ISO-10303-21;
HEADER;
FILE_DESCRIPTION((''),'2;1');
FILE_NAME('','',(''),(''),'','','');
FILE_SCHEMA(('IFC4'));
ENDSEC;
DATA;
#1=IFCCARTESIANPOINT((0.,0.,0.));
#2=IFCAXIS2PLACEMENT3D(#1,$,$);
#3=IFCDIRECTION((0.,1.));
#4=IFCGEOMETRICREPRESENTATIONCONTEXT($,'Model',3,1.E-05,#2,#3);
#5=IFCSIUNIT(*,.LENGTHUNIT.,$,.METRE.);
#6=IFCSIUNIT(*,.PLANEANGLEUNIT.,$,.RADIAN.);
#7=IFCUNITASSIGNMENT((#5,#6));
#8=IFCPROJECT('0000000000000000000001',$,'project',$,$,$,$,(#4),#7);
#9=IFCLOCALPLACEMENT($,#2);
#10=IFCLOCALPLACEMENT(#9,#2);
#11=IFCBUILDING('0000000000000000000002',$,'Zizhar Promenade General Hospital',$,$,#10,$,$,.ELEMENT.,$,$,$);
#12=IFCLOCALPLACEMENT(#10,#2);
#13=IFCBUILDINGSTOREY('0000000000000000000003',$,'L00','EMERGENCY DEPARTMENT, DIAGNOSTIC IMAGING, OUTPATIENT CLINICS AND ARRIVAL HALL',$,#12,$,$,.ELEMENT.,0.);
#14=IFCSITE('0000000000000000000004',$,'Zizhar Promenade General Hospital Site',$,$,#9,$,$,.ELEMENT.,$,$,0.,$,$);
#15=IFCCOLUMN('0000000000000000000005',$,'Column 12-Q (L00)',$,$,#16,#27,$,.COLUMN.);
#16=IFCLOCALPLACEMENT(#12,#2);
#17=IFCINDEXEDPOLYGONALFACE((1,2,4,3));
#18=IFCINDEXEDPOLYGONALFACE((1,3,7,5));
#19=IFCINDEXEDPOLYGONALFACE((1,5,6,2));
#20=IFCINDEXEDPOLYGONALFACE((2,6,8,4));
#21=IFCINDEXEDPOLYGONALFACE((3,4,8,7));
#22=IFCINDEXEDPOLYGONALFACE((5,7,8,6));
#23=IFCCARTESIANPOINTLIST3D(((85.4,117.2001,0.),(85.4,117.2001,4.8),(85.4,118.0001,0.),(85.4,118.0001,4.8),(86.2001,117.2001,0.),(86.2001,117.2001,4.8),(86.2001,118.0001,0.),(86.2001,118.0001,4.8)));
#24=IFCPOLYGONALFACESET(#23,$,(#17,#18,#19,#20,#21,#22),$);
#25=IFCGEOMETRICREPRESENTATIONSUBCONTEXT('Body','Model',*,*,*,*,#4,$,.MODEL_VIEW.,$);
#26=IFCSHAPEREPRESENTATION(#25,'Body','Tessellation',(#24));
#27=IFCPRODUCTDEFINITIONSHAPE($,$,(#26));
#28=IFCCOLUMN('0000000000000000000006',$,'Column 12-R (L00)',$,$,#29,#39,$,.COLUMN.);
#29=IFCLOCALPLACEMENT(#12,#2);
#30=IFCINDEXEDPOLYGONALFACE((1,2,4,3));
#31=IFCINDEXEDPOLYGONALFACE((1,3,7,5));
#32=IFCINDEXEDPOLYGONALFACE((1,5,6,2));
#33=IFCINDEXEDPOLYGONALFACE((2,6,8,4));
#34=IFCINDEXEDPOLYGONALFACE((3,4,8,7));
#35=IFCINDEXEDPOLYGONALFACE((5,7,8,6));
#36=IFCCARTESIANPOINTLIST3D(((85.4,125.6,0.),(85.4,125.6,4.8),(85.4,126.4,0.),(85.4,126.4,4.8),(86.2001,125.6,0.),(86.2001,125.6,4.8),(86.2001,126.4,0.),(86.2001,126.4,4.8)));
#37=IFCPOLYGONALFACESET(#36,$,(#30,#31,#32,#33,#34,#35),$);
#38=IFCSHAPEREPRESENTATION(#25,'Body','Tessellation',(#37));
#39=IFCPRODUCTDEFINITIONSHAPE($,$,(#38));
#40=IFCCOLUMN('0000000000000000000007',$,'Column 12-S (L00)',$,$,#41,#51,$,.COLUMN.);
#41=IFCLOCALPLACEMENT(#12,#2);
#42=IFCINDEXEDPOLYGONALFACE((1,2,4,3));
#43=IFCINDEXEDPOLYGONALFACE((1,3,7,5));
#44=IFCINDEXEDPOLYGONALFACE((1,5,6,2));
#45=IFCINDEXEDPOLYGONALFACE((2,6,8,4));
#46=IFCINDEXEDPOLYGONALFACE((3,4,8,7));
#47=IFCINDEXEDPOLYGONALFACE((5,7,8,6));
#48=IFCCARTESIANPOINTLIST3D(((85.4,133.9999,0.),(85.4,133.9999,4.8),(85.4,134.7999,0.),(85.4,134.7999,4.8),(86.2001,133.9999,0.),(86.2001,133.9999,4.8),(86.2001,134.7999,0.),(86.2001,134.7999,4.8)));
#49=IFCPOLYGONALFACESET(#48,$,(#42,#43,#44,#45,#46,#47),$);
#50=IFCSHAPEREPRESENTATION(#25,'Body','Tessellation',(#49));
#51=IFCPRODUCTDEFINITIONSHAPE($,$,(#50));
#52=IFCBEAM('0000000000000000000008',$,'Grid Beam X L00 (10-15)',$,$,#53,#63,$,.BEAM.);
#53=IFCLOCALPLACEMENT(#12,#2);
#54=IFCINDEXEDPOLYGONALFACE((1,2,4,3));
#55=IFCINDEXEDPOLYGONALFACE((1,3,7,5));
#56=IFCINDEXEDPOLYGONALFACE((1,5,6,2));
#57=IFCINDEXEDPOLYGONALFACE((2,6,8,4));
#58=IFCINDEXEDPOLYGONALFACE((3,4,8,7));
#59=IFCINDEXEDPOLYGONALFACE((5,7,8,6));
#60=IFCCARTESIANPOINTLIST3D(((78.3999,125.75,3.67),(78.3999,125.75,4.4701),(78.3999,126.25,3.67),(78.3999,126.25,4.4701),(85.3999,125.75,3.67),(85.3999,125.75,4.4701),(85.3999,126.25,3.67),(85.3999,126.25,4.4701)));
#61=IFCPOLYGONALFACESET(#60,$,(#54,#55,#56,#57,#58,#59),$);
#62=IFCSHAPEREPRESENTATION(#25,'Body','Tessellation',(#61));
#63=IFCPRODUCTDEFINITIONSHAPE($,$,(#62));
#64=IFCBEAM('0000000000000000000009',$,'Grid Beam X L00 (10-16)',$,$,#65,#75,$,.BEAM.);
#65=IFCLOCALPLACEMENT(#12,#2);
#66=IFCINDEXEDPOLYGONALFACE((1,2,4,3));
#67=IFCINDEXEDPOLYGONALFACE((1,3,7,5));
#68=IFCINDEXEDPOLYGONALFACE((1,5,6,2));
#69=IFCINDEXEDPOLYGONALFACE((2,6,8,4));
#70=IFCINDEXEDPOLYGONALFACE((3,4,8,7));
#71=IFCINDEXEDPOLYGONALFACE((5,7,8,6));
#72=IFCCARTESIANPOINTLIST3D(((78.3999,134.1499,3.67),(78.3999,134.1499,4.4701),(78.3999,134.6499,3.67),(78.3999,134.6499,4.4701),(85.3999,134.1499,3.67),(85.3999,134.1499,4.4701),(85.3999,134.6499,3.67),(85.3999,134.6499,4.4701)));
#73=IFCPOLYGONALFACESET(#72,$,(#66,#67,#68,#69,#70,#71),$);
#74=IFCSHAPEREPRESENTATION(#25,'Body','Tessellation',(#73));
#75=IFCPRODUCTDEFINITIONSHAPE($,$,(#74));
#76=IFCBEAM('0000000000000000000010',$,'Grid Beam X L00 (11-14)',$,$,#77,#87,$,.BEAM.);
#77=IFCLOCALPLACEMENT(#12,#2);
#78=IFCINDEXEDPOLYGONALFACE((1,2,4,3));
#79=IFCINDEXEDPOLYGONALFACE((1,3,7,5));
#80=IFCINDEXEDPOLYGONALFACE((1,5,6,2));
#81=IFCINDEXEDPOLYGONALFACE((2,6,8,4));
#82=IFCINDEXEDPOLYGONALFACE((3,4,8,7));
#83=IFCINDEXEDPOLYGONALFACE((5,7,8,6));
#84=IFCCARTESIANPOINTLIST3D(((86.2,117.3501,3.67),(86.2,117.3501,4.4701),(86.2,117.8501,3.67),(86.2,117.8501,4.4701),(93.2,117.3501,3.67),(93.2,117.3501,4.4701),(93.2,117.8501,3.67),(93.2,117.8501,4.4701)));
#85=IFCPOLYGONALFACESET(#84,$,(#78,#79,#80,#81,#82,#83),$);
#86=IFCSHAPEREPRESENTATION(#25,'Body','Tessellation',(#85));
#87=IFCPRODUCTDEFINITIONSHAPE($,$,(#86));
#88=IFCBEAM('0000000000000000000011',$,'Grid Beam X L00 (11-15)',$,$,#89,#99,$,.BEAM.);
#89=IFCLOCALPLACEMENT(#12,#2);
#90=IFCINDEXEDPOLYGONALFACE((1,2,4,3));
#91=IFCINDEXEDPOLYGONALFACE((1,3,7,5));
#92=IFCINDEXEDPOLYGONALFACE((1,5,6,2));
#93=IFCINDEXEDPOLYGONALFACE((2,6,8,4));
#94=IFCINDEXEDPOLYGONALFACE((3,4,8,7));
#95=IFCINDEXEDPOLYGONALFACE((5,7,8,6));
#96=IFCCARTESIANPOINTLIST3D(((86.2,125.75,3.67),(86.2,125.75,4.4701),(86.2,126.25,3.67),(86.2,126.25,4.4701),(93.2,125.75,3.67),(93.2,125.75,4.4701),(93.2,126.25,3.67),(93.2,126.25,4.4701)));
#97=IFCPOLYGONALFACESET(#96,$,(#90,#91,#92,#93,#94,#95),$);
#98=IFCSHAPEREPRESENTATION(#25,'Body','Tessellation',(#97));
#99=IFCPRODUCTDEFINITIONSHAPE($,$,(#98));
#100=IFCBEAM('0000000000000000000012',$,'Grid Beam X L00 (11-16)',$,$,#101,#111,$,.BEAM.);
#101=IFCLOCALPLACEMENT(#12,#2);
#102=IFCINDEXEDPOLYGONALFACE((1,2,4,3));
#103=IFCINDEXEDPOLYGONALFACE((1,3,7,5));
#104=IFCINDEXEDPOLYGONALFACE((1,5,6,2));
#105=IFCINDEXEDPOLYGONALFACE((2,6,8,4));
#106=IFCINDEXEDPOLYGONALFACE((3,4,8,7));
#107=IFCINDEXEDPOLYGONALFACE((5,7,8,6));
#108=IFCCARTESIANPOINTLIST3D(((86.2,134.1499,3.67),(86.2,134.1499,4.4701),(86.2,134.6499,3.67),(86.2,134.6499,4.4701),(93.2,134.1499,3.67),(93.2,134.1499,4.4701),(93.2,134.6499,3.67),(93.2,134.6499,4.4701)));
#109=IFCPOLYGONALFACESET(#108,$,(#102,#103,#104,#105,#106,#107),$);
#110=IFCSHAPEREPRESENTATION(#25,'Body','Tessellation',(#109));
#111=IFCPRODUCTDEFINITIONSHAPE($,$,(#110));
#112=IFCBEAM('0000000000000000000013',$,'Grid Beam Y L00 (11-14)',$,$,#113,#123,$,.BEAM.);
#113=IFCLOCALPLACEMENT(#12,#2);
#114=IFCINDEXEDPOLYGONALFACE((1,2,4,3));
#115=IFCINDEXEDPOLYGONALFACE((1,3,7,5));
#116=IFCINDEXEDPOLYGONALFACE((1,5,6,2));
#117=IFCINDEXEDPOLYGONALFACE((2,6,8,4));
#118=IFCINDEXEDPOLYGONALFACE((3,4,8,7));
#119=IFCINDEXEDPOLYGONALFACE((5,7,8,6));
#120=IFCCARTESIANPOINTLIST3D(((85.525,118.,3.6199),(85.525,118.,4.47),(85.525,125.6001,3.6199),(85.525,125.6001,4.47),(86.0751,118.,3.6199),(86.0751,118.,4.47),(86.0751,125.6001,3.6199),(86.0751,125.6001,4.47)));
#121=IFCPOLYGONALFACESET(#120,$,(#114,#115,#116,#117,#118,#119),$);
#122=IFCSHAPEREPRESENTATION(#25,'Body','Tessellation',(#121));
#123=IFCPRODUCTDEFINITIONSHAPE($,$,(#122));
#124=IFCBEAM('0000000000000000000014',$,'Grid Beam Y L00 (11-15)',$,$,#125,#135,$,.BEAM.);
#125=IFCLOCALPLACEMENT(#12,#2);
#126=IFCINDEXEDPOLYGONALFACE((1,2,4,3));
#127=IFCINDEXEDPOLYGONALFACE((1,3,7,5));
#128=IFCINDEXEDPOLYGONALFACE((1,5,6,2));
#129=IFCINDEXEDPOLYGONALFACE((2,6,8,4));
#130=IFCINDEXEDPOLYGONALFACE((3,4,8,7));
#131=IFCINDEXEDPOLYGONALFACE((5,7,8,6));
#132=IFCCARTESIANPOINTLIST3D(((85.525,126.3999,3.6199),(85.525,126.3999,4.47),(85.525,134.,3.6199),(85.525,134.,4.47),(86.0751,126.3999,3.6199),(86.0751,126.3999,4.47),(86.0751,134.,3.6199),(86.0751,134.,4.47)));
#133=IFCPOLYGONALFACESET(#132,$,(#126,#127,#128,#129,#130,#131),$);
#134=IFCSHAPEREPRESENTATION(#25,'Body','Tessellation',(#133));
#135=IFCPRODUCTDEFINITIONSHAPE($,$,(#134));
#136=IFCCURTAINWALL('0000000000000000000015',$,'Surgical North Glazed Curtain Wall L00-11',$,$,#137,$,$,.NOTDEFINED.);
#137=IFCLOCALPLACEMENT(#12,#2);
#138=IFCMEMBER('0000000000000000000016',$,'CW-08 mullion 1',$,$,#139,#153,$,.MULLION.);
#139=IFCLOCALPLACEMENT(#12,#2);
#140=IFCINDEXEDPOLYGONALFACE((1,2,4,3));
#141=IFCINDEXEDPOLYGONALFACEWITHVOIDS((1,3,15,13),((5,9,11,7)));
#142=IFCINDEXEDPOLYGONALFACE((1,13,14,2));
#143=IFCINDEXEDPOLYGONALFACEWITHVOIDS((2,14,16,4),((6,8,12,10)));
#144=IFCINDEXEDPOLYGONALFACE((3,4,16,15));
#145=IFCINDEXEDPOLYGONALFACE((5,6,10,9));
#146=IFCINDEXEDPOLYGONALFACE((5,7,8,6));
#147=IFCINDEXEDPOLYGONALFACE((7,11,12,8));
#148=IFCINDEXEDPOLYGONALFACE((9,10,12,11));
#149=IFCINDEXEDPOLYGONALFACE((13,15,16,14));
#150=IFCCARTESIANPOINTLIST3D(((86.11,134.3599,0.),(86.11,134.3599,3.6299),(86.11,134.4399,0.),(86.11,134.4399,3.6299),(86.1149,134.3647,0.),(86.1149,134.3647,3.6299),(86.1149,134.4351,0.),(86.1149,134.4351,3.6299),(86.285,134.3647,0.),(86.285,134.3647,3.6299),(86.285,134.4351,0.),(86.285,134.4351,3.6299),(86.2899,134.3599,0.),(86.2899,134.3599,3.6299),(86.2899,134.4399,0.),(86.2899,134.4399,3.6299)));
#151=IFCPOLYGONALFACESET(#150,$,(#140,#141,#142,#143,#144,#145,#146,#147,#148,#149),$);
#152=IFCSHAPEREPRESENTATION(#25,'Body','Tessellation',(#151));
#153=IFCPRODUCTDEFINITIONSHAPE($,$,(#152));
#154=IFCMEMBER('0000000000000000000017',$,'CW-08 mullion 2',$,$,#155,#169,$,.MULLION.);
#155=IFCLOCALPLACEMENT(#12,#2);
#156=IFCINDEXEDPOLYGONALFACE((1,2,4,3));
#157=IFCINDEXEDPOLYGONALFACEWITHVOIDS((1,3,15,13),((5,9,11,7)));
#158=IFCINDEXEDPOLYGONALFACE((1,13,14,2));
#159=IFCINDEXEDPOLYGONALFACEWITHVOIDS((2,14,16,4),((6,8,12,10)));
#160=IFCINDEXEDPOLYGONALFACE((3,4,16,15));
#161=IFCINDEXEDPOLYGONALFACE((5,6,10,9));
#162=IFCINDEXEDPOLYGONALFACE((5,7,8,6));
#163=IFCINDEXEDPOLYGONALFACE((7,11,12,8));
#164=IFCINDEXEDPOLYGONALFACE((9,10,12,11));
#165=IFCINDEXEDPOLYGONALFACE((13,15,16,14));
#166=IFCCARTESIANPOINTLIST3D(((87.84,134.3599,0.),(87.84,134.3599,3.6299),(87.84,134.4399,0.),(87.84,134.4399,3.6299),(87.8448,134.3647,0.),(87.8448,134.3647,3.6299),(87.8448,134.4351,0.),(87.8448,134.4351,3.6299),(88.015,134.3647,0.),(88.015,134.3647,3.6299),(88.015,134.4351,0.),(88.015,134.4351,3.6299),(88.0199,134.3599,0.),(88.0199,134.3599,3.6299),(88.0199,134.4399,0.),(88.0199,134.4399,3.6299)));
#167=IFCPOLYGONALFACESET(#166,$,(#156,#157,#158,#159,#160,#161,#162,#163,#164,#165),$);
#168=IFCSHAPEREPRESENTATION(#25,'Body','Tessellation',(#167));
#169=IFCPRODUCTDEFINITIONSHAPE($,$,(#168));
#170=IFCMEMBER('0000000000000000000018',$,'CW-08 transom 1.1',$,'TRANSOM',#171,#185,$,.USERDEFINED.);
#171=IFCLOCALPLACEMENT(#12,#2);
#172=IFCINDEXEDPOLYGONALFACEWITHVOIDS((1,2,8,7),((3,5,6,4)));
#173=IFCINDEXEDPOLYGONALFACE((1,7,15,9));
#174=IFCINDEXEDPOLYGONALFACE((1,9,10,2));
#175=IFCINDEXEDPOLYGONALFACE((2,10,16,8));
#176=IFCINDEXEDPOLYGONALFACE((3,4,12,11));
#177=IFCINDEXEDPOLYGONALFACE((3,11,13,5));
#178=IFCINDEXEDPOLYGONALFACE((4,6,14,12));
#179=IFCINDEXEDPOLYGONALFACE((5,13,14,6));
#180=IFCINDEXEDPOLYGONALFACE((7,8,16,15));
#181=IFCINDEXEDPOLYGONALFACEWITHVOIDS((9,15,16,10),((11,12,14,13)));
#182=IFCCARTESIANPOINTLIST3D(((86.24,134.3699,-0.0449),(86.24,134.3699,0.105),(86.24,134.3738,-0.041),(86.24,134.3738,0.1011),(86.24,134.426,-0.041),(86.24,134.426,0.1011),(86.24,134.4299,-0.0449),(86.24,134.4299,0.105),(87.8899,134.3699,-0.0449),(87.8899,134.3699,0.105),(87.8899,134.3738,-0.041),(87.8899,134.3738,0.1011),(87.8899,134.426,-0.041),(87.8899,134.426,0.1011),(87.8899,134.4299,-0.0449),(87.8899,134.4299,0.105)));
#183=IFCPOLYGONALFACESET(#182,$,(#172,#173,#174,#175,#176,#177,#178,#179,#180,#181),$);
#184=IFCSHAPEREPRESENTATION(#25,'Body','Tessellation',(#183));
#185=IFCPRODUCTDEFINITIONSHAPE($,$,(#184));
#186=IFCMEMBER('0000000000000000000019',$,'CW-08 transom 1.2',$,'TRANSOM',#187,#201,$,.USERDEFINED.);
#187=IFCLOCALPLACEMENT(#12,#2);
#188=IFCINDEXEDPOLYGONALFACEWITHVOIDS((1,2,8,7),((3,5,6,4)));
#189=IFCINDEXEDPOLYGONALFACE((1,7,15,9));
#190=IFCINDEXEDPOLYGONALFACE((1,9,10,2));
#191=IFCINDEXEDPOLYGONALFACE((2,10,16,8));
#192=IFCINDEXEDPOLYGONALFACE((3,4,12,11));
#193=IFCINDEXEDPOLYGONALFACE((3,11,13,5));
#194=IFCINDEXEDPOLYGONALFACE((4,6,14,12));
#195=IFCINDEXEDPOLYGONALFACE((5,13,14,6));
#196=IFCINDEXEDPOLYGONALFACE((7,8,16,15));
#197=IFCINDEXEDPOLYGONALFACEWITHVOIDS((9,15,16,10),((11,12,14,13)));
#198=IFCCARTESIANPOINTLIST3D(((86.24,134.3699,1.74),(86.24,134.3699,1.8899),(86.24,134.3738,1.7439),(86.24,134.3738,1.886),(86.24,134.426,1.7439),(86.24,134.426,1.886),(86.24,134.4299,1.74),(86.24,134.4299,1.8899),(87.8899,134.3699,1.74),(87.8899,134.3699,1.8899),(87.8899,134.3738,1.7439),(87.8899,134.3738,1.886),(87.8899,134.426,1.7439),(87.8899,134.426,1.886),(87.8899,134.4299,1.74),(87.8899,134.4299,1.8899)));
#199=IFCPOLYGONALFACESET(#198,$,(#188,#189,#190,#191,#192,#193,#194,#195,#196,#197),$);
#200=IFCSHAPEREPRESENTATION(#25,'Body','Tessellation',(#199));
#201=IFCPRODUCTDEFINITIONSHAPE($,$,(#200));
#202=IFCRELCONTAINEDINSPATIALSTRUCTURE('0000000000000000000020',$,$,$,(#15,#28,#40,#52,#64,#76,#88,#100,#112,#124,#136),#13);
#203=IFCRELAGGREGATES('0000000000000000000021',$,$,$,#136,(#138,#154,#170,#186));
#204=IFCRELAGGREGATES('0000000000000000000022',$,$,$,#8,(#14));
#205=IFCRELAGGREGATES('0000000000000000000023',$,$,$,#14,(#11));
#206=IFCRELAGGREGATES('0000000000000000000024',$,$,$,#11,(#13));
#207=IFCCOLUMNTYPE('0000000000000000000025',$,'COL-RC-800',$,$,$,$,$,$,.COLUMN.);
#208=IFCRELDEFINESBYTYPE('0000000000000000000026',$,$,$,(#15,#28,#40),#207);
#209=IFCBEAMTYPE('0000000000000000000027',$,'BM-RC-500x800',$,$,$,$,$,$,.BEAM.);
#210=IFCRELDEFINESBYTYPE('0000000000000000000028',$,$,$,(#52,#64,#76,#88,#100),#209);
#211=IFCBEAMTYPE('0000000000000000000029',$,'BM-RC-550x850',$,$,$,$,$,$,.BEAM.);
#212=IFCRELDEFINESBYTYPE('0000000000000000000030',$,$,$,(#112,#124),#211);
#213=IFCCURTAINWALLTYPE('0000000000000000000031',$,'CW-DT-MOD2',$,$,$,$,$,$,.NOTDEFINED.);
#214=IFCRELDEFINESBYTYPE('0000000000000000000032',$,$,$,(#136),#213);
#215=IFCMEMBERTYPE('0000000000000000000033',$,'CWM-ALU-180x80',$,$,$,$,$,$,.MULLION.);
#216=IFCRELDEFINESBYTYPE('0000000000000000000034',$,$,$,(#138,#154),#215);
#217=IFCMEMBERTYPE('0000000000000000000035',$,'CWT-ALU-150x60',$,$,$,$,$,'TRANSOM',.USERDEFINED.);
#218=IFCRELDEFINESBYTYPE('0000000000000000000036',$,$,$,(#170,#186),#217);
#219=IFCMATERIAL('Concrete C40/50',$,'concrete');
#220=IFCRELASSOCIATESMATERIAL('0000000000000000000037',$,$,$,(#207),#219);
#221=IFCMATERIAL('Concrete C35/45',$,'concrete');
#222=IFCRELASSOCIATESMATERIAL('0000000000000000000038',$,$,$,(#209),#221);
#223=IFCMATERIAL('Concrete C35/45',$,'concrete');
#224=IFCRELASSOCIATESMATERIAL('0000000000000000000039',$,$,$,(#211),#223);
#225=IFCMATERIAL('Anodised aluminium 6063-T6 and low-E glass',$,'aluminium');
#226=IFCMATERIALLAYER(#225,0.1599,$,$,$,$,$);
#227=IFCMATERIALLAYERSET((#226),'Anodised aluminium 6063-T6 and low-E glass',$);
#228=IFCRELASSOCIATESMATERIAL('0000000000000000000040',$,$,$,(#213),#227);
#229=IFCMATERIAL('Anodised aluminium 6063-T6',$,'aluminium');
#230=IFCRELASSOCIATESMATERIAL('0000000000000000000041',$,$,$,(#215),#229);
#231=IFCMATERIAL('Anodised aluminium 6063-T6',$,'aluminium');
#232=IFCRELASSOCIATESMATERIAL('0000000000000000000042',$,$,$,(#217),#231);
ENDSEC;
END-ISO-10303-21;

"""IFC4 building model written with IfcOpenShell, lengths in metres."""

from ifc_helpers import new_model, si_unit, direction, frame, origin, origin_2d, place, context, subcontext, project, spatial, rectangle, hollow_rectangle, extrude, material, layer, layer_set, material_profile, profile_set, type_object, element, aggregate, save


model = new_model("IFC4")

# Units and contexts
model_context = context("Model", 3, precision=1e-05, world=origin(), true_north=direction((0.0, 1.0)))
body_context = subcontext(model_context, "Body", "Model", "MODEL_VIEW")
ifc_project = project(units=[si_unit("LENGTHUNIT", "METRE"), si_unit("PLANEANGLEUNIT", "RADIAN")], contexts=[model_context])

# Site, building, storey
site_placement = place(None, origin())
site = spatial("IfcSite", under=ifc_project, at=site_placement, Name="Zizhar Promenade General Hospital Site", CompositionType="ELEMENT", RefElevation=0.0)
building_placement = place(site_placement, origin())
building = spatial("IfcBuilding", under=site, at=building_placement, Name="Zizhar Promenade General Hospital", CompositionType="ELEMENT")
storey_placement = place(building_placement, origin())
storey = spatial("IfcBuildingStorey", under=building, at=storey_placement, Name="L00", Description="EMERGENCY DEPARTMENT, DIAGNOSTIC IMAGING, OUTPATIENT CLINICS AND ARRIVAL HALL", CompositionType="ELEMENT", Elevation=0.0)

# Columns
ifc_material_1 = material(Name="Concrete C40/50", Category="concrete")
ifc_material_profile_1 = material_profile(ifc_material_1, rectangle(XDim=0.8, YDim=0.8, at=origin_2d()))
ifc_profile_set_1 = profile_set([ifc_material_profile_1], Name="Concrete C40/50")
column_type = type_object("IfcColumnType", Name="COL-RC-800", PredefinedType="COLUMN", material=ifc_profile_set_1)
for number, where, z_axis, x_axis, name in (
    (1, (85.8, 117.6001, 0.0), (0.0, 0.0, 1.0), (1.0, 0.0, 0.0), "Column 12-Q (L00)"),
    (2, (85.8, 126.0, 0.0), (0.0, 0.0, 1.0), (1.0, 0.0, 0.0), "Column 12-R (L00)"),
    (3, (85.8, 134.3999, 0.0), (0.0, 0.0, 1.0), (1.0, 0.0, 0.0), "Column 12-S (L00)"),
):
    element("IfcColumn", number, at=place(storey_placement, frame(where, z_axis=z_axis, x_axis=x_axis)), inside=storey, type_object=column_type, Name=name, PredefinedType="COLUMN", context=body_context, shape_type="SweptSolid", body=[
        extrude(rectangle(XDim=0.8, YDim=0.8, at=origin_2d()), origin(), (0.0, 0.0, 1.0), 4.8),
    ])

# Beams
ifc_material_2 = material(Name="Concrete C35/45", Category="concrete")
ifc_material_profile_2 = material_profile(ifc_material_2, rectangle(XDim=0.5, YDim=0.8, at=origin_2d()))
ifc_profile_set_2 = profile_set([ifc_material_profile_2], Name="Concrete C35/45")
beam_type_1 = type_object("IfcBeamType", Name="BM-RC-500x800", PredefinedType="BEAM", material=ifc_profile_set_2)
for number, where, z_axis, x_axis, name in (
    (4, (78.3999, 126.0, 4.0701), (1.0, 0.0, 0.0), (0.0, 1.0, 0.0), "Grid Beam X L00 (10-15)"),
    (5, (78.3999, 134.3999, 4.0701), (1.0, 0.0, 0.0), (0.0, 1.0, 0.0), "Grid Beam X L00 (10-16)"),
    (6, (86.2, 117.6001, 4.0701), (1.0, 0.0, 0.0), (0.0, 1.0, 0.0), "Grid Beam X L00 (11-14)"),
    (7, (86.2, 126.0, 4.0701), (1.0, 0.0, 0.0), (0.0, 1.0, 0.0), "Grid Beam X L00 (11-15)"),
    (8, (86.2, 134.3999, 4.0701), (1.0, 0.0, 0.0), (0.0, 1.0, 0.0), "Grid Beam X L00 (11-16)"),
):
    element("IfcBeam", number, at=place(storey_placement, frame(where, z_axis=z_axis, x_axis=x_axis)), inside=storey, type_object=beam_type_1, Name=name, PredefinedType="BEAM", context=body_context, shape_type="SweptSolid", body=[
        extrude(rectangle(XDim=0.5, YDim=0.8, at=origin_2d()), origin(), (0.0, 0.0, 1.0), 7.0),
    ])
ifc_material_3 = material(Name="Concrete C35/45", Category="concrete")
ifc_material_profile_3 = material_profile(ifc_material_3, rectangle(XDim=0.55, YDim=0.8501, at=origin_2d()))
ifc_profile_set_3 = profile_set([ifc_material_profile_3], Name="Concrete C35/45")
beam_type_2 = type_object("IfcBeamType", Name="BM-RC-550x850", PredefinedType="BEAM", material=ifc_profile_set_3)
for number, where, z_axis, x_axis, name in (
    (9, (85.8, 118.0, 4.0449), (0.0, 1.0, 0.0), (-1.0, 0.0, 0.0), "Grid Beam Y L00 (11-14)"),
    (10, (85.8, 126.3999, 4.0449), (0.0, 1.0, 0.0), (-1.0, 0.0, 0.0), "Grid Beam Y L00 (11-15)"),
):
    element("IfcBeam", number, at=place(storey_placement, frame(where, z_axis=z_axis, x_axis=x_axis)), inside=storey, type_object=beam_type_2, Name=name, PredefinedType="BEAM", context=body_context, shape_type="SweptSolid", body=[
        extrude(rectangle(XDim=0.55, YDim=0.8501, at=origin_2d()), origin(), (0.0, 0.0, 1.0), 7.6001),
    ])

# Curtain wall, members
ifc_material_4 = material(Name="Anodised aluminium 6063-T6 and low-E glass", Category="aluminium")
ifc_layer_1 = layer(ifc_material_4, 0.1599)
ifc_layer_set_1 = layer_set([ifc_layer_1], Name="Anodised aluminium 6063-T6 and low-E glass")
curtain_wall_type = type_object("IfcCurtainWallType", Name="CW-DT-MOD2", PredefinedType="NOTDEFINED", material=ifc_layer_set_1)
curtain_wall_placement = place(storey_placement, origin())
curtain_wall = element("IfcCurtainWall", 11, at=curtain_wall_placement, inside=storey, type_object=curtain_wall_type, Name="Surgical North Glazed Curtain Wall L00-11", PredefinedType="NOTDEFINED")
ifc_material_5 = material(Name="Anodised aluminium 6063-T6", Category="aluminium")
ifc_material_profile_4 = material_profile(ifc_material_5, hollow_rectangle(XDim=0.0801, YDim=0.1799, WallThickness=0.0049, at=origin_2d()))
ifc_profile_set_4 = profile_set([ifc_material_profile_4], Name="Anodised aluminium 6063-T6")
member_type_1 = type_object("IfcMemberType", Name="CWM-ALU-180x80", PredefinedType="MULLION", material=ifc_profile_set_4)
member_1_placement = place(storey_placement, frame((86.2, 134.3999, 0.0), z_axis=(0.0, 0.0, 1.0), x_axis=(0.0, 1.0, 0.0)))
member_1 = element("IfcMember", 12, at=member_1_placement, type_object=member_type_1, Name="CW-08 mullion 1", PredefinedType="MULLION", context=body_context, shape_type="SweptSolid", body=[
    extrude(hollow_rectangle(XDim=0.0801, YDim=0.1799, WallThickness=0.0049, at=origin_2d()), origin(), (0.0, 0.0, 1.0), 3.6299),
])
member_2_placement = place(storey_placement, frame((87.9299, 134.3999, 0.0), z_axis=(0.0, 0.0, 1.0), x_axis=(0.0, 1.0, 0.0)))
member_2 = element("IfcMember", 13, at=member_2_placement, type_object=member_type_1, Name="CW-08 mullion 2", PredefinedType="MULLION", context=body_context, shape_type="SweptSolid", body=[
    extrude(hollow_rectangle(XDim=0.0801, YDim=0.1799, WallThickness=0.0049, at=origin_2d()), origin(), (0.0, 0.0, 1.0), 3.6299),
])
ifc_material_6 = material(Name="Anodised aluminium 6063-T6", Category="aluminium")
ifc_material_profile_5 = material_profile(ifc_material_6, hollow_rectangle(XDim=0.0601, YDim=0.1499, WallThickness=0.0039, at=origin_2d()))
ifc_profile_set_5 = profile_set([ifc_material_profile_5], Name="Anodised aluminium 6063-T6")
member_type_2 = type_object("IfcMemberType", Name="CWT-ALU-150x60", ElementType="TRANSOM", PredefinedType="USERDEFINED", material=ifc_profile_set_5)
member_3_placement = place(storey_placement, frame((86.24, 134.3999, 0.03), z_axis=(1.0, 0.0, 0.0), x_axis=(0.0, 1.0, 0.0)))
member_3 = element("IfcMember", 14, at=member_3_placement, type_object=member_type_2, Name="CW-08 transom 1.1", ObjectType="TRANSOM", PredefinedType="USERDEFINED", context=body_context, shape_type="SweptSolid", body=[
    extrude(hollow_rectangle(XDim=0.0601, YDim=0.1499, WallThickness=0.0039, at=origin_2d()), origin(), (0.0, 0.0, 1.0), 1.6499),
])
member_4_placement = place(storey_placement, frame((86.24, 134.3999, 1.8149), z_axis=(1.0, 0.0, 0.0), x_axis=(0.0, 1.0, 0.0)))
member_4 = element("IfcMember", 15, at=member_4_placement, type_object=member_type_2, Name="CW-08 transom 1.2", ObjectType="TRANSOM", PredefinedType="USERDEFINED", context=body_context, shape_type="SweptSolid", body=[
    extrude(hollow_rectangle(XDim=0.0601, YDim=0.1499, WallThickness=0.0039, at=origin_2d()), origin(), (0.0, 0.0, 1.0), 1.6499),
])
aggregate(curtain_wall, [member_1, member_2, member_3, member_4])

save(model, "model.ifc")
